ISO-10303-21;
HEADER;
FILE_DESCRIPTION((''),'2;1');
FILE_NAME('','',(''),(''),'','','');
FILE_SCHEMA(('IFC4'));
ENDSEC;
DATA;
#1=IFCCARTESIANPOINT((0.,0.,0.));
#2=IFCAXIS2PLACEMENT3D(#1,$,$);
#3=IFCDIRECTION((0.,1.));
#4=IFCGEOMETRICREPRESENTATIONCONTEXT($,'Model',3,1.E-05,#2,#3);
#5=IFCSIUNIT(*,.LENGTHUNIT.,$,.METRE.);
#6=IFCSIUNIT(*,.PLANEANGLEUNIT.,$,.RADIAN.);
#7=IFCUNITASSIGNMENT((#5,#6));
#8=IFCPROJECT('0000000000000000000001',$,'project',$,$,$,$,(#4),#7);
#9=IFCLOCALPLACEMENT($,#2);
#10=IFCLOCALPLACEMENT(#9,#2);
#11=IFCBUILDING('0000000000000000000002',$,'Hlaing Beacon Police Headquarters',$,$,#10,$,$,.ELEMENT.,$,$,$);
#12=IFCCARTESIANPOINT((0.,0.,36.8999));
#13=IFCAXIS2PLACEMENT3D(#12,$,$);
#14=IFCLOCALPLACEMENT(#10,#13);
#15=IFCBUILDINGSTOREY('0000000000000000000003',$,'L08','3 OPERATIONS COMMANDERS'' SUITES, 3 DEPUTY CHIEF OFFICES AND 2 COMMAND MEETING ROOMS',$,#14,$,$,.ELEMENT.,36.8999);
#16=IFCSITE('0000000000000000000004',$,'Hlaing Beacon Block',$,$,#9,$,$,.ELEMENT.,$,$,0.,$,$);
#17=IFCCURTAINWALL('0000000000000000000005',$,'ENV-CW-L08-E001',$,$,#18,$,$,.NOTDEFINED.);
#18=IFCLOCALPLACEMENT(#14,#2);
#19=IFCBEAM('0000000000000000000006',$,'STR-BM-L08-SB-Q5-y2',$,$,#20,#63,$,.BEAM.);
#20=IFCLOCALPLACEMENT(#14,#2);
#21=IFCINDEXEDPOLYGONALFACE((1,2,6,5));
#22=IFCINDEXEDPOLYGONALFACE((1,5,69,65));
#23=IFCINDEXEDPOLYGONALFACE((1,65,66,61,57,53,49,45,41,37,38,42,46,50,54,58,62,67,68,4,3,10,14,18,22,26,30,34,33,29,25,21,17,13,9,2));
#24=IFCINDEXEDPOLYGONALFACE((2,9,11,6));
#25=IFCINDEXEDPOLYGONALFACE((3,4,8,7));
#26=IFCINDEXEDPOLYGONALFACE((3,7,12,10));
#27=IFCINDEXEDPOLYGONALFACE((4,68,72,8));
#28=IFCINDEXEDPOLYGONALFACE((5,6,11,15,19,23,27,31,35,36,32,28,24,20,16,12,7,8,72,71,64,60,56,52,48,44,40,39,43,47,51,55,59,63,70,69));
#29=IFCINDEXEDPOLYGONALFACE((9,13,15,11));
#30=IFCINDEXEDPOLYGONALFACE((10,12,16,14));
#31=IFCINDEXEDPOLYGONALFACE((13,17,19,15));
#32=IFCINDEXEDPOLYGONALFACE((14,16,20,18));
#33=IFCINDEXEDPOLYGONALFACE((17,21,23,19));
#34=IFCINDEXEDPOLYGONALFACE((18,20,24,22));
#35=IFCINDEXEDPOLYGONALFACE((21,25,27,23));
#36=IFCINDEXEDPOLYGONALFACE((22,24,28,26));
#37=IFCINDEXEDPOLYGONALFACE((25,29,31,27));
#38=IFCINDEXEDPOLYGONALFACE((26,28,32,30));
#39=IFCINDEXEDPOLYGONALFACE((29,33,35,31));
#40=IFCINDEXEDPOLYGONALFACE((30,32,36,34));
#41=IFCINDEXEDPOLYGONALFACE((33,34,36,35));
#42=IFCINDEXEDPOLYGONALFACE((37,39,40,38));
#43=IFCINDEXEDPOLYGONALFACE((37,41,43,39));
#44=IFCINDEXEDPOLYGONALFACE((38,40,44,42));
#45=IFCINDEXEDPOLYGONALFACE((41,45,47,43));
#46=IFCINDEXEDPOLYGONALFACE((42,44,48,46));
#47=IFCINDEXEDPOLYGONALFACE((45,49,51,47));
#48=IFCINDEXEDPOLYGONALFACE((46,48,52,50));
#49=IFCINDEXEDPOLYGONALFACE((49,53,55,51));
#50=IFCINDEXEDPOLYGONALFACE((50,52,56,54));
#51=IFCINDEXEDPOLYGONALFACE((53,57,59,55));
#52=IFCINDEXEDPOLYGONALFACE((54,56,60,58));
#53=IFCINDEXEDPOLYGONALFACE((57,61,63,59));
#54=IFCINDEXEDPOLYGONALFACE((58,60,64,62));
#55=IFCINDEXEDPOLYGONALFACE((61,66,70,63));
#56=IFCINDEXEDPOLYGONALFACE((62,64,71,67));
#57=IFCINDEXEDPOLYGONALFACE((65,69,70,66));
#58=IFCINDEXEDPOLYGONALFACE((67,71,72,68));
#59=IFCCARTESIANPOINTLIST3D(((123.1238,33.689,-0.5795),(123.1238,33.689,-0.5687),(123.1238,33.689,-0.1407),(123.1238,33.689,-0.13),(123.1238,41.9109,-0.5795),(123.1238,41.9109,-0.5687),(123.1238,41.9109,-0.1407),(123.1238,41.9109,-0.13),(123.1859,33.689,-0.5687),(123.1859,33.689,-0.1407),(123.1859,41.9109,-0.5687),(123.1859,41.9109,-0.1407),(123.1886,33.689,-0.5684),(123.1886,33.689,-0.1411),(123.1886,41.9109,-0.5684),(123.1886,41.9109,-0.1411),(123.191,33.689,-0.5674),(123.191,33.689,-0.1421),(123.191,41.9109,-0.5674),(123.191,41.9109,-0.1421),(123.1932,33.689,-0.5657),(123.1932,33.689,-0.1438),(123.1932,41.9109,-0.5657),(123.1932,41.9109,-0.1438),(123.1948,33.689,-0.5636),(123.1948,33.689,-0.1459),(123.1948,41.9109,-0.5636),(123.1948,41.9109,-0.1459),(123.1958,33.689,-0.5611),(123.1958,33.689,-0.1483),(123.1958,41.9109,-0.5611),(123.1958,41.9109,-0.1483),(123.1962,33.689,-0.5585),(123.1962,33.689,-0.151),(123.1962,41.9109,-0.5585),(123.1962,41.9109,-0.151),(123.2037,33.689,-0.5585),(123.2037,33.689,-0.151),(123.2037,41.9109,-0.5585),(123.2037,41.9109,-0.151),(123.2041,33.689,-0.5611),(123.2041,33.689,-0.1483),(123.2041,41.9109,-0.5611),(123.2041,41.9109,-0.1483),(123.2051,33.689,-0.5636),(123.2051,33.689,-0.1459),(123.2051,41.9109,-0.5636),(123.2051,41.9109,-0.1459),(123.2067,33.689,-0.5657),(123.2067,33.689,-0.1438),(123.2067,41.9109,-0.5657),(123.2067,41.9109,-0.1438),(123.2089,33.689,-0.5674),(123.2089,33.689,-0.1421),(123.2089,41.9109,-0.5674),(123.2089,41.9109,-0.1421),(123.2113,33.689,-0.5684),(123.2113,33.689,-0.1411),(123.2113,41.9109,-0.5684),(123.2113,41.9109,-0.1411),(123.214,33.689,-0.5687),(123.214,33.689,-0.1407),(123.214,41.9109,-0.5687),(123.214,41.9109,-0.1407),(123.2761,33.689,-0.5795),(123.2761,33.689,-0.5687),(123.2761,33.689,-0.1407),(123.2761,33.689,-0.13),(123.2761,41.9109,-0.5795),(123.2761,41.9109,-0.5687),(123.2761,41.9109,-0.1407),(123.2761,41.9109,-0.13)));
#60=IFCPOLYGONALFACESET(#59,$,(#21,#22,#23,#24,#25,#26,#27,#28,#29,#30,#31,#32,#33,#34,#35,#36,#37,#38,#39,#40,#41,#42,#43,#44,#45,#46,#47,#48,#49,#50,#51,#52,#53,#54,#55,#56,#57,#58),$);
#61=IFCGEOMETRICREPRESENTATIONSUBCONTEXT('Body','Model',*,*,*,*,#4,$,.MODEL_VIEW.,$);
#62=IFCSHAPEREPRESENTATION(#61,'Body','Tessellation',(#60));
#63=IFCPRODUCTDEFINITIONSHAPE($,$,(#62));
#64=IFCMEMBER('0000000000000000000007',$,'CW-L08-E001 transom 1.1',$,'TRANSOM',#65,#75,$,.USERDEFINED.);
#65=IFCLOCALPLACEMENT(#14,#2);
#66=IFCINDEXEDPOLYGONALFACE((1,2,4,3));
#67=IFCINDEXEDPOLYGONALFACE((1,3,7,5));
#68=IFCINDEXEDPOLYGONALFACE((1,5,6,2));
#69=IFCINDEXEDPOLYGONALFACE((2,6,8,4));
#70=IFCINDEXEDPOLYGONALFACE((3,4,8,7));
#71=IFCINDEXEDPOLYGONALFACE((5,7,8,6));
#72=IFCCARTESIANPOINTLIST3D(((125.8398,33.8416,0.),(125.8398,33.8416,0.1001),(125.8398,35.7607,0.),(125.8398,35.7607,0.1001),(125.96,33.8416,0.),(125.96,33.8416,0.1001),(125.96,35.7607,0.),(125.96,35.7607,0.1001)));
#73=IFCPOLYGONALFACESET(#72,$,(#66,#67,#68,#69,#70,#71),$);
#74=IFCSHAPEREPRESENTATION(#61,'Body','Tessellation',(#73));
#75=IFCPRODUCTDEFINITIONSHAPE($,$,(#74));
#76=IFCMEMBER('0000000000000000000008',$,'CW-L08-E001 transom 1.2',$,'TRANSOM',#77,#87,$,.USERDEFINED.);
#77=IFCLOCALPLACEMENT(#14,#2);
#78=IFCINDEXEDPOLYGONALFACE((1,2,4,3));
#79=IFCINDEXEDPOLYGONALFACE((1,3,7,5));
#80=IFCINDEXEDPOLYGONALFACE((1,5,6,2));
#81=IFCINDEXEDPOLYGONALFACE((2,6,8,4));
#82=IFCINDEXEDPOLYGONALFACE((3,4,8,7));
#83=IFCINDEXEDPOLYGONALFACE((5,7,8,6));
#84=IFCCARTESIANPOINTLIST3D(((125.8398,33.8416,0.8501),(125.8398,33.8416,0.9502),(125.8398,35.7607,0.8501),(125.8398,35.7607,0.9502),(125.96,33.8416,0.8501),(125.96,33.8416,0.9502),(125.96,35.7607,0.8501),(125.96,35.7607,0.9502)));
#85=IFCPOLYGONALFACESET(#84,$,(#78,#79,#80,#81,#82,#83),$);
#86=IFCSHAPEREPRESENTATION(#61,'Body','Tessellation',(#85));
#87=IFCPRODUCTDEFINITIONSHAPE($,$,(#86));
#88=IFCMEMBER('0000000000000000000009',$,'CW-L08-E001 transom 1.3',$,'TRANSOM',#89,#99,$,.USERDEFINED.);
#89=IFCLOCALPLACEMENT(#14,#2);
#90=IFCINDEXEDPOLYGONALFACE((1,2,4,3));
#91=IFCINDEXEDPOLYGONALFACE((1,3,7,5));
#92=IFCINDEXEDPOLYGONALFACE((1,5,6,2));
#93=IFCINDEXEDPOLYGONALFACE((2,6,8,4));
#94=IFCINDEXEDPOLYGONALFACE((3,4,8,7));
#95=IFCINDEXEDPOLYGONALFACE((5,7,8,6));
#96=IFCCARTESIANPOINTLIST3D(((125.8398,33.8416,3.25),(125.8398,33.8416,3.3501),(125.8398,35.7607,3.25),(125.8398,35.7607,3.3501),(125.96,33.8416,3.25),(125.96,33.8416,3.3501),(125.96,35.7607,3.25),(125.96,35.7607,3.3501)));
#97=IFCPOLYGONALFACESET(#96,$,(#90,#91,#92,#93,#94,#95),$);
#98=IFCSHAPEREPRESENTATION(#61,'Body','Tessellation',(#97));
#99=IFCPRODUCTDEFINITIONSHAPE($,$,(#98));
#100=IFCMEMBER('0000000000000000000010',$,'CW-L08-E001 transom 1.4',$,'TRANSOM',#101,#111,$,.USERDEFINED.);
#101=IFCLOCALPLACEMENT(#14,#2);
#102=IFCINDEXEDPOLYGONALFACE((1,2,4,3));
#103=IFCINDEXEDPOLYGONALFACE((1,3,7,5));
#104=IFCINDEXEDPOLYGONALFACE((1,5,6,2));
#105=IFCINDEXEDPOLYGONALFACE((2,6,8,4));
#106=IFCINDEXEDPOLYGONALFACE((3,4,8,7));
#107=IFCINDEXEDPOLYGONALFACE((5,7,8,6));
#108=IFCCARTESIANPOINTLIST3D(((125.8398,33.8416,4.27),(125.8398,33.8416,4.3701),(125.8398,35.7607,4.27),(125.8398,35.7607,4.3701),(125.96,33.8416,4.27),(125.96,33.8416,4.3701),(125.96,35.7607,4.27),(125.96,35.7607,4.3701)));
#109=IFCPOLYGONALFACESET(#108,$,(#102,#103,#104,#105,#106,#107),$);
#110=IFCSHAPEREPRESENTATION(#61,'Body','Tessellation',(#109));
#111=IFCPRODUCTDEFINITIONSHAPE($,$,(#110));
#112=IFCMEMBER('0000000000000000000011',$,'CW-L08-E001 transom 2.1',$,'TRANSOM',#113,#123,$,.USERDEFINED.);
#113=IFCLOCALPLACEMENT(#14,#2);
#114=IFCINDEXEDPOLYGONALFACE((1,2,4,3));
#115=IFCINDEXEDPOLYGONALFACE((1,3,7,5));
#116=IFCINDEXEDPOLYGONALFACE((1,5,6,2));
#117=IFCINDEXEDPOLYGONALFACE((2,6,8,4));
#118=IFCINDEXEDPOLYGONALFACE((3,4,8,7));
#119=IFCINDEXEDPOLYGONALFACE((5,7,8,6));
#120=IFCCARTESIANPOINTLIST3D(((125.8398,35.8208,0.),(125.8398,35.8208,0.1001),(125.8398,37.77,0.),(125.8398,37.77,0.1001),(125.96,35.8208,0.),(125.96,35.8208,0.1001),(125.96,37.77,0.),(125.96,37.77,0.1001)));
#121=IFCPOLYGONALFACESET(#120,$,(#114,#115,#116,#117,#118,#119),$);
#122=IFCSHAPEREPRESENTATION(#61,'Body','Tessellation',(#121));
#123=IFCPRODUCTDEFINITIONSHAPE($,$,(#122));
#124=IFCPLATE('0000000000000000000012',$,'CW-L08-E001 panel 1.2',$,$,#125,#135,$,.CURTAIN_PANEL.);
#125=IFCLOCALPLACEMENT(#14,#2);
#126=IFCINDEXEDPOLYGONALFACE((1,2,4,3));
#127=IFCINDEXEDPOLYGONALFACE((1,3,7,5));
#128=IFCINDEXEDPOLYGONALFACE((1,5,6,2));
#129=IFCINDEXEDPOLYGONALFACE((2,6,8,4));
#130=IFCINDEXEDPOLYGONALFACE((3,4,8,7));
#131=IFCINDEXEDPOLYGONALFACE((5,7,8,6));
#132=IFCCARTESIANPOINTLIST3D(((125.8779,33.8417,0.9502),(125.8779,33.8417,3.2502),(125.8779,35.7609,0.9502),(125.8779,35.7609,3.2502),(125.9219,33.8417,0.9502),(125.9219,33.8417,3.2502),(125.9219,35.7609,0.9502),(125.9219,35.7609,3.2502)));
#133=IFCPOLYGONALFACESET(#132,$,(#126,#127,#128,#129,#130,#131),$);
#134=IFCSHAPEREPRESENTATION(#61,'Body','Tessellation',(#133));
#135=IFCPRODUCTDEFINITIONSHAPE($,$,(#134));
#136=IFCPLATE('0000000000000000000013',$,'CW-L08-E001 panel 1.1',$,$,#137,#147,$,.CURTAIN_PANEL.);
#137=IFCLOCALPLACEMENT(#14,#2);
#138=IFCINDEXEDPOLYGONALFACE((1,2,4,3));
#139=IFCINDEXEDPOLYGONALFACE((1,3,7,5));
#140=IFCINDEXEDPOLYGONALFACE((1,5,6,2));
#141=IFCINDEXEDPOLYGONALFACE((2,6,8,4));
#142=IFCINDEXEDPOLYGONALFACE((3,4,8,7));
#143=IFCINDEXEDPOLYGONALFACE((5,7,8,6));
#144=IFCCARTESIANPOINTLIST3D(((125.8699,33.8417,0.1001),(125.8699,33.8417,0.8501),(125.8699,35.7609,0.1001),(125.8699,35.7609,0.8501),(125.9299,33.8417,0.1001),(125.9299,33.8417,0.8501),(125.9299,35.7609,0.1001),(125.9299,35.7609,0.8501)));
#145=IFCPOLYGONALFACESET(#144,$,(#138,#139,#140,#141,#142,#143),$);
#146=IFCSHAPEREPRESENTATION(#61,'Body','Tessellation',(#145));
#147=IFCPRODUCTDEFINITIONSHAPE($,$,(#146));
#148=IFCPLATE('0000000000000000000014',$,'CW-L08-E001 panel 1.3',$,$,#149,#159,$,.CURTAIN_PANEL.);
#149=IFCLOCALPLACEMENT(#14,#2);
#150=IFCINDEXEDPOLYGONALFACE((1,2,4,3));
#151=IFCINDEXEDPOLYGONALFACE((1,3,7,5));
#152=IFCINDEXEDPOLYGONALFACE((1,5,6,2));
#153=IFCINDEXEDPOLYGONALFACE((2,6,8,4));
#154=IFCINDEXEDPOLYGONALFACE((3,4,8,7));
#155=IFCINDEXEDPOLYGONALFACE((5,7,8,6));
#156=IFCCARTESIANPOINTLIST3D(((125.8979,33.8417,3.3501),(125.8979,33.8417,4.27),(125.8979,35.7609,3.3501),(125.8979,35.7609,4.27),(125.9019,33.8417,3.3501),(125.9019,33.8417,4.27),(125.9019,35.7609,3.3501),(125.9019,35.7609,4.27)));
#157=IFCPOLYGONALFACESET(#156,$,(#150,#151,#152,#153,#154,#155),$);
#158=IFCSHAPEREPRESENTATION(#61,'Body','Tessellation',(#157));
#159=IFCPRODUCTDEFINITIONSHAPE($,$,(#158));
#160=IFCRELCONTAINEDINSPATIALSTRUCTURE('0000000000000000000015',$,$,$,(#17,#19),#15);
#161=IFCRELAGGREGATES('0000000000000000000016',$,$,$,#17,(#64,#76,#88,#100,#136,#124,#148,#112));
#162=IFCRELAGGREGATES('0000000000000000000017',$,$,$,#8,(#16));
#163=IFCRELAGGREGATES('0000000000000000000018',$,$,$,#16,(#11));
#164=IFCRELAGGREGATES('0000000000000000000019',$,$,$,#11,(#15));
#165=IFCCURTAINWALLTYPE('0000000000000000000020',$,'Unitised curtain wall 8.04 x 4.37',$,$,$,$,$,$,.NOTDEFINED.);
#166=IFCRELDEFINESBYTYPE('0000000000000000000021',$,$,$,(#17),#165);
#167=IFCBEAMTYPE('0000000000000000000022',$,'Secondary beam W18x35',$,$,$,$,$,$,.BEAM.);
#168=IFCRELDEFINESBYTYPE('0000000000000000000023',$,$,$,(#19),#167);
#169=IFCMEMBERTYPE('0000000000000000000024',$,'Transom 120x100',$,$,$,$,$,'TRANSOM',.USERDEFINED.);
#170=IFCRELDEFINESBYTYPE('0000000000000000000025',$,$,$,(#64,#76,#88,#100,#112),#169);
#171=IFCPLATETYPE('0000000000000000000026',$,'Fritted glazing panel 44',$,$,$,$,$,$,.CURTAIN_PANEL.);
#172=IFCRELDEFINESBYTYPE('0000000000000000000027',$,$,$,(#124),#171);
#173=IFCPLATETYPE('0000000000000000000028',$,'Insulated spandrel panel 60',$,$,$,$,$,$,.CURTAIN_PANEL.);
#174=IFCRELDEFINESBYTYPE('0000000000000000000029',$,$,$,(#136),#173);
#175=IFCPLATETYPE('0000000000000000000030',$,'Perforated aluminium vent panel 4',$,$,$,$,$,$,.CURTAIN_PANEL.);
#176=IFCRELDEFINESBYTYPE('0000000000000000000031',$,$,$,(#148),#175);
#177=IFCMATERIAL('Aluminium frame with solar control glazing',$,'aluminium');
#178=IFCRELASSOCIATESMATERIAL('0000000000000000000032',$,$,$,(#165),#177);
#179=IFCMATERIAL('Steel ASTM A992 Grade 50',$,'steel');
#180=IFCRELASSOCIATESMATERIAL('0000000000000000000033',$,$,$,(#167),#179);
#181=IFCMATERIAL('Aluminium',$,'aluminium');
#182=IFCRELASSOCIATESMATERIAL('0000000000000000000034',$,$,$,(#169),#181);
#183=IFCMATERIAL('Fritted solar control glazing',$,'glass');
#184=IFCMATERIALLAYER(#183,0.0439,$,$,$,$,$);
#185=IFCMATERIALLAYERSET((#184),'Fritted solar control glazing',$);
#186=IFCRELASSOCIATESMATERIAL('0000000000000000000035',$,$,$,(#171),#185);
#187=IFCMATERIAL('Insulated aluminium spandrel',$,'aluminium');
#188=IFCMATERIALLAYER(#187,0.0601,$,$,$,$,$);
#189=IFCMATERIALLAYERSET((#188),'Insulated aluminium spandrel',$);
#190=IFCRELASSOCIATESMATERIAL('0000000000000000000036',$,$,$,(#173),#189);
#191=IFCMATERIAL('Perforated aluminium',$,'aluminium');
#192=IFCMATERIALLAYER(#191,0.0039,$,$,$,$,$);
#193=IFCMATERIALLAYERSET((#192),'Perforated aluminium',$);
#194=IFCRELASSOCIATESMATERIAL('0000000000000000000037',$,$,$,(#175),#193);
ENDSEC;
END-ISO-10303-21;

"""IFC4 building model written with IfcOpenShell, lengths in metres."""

from ifc_helpers import new_model, si_unit, direction, frame, origin, origin_2d, place, context, subcontext, project, spatial, rectangle, i_section, extrude, material, layer, layer_set, material_profile, profile_set, type_object, element, aggregate, save


model = new_model("IFC4")

# Units and contexts
model_context = context("Model", 3, precision=1e-05, world=origin(), true_north=direction((0.0, 1.0)))
body_context = subcontext(model_context, "Body", "Model", "MODEL_VIEW")
ifc_project = project(units=[si_unit("LENGTHUNIT", "METRE"), si_unit("PLANEANGLEUNIT", "RADIAN")], contexts=[model_context])

# Site, building, storey
site_placement = place(None, origin())
site = spatial("IfcSite", under=ifc_project, at=site_placement, Name="Hlaing Beacon Block", CompositionType="ELEMENT", RefElevation=0.0)
building_placement = place(site_placement, origin())
building = spatial("IfcBuilding", under=site, at=building_placement, Name="Hlaing Beacon Police Headquarters", CompositionType="ELEMENT")
storey_placement = place(building_placement, frame((0.0, 0.0, 36.8999)))
storey = spatial("IfcBuildingStorey", under=building, at=storey_placement, Name="L08", Description="3 OPERATIONS COMMANDERS' SUITES, 3 DEPUTY CHIEF OFFICES AND 2 COMMAND MEETING ROOMS", CompositionType="ELEMENT", Elevation=36.8999)

# Curtain wall
ifc_material_1 = material(Name="Aluminium frame with solar control glazing", Category="aluminium")
curtain_wall_type = type_object("IfcCurtainWallType", Name="Unitised curtain wall 8.04 x 4.37", PredefinedType="NOTDEFINED", material=ifc_material_1)
curtain_wall_placement = place(storey_placement, origin())
curtain_wall = element("IfcCurtainWall", 1, at=curtain_wall_placement, inside=storey, type_object=curtain_wall_type, Name="ENV-CW-L08-E001", PredefinedType="NOTDEFINED")

# Beam
ifc_material_2 = material(Name="Steel ASTM A992 Grade 50", Category="steel")
ifc_material_profile_1 = material_profile(ifc_material_2, i_section(OverallWidth=0.1523, OverallDepth=0.4495, WebThickness=0.0076, FlangeThickness=0.0107, FilletRadius=0.0103, at=origin_2d()), Name="W18x35")
ifc_profile_set_1 = profile_set([ifc_material_profile_1], Name="Steel ASTM A992 Grade 50")
beam_type_1 = type_object("IfcBeamType", Name="Secondary beam W18x35", PredefinedType="BEAM", material=ifc_profile_set_1)
for number, where, z_axis, x_axis, name in (
    (2, (123.2, 33.689, -0.3547), (0.0, 1.0, 0.0), (-1.0, 0.0, 0.0), "STR-BM-L08-SB-Q5-y2"),
):
    element("IfcBeam", number, at=place(storey_placement, frame(where, z_axis=z_axis, x_axis=x_axis)), inside=storey, type_object=beam_type_1, Name=name, PredefinedType="BEAM", context=body_context, shape_type="SweptSolid", body=[
        extrude(i_section(OverallWidth=0.1523, OverallDepth=0.4495, WebThickness=0.0076, FlangeThickness=0.0107, FilletRadius=0.0103, at=origin_2d()), origin(), (0.0, 0.0, 1.0), 8.2219),
    ])

# Members
ifc_material_3 = material(Name="Aluminium", Category="aluminium")
ifc_material_profile_2 = material_profile(ifc_material_3, rectangle(XDim=0.1201, YDim=0.1001, at=origin_2d()), Name="Transom 120x100")
ifc_profile_set_2 = profile_set([ifc_material_profile_2], Name="Aluminium")
member_type_1 = type_object("IfcMemberType", Name="Transom 120x100", ElementType="TRANSOM", PredefinedType="USERDEFINED", material=ifc_profile_set_2)
member_1_placement = place(storey_placement, frame((125.8999, 33.8416, 0.05), z_axis=(0.0, 1.0, 0.0), x_axis=(-1.0, 0.0, 0.0)))
member_1 = element("IfcMember", 3, at=member_1_placement, type_object=member_type_1, Name="CW-L08-E001 transom 1.1", ObjectType="TRANSOM", PredefinedType="USERDEFINED", context=body_context, shape_type="SweptSolid", body=[
    extrude(rectangle(XDim=0.1201, YDim=0.1001, at=origin_2d()), origin(), (0.0, 0.0, 1.0), 1.9192),
])
member_2_placement = place(storey_placement, frame((125.8999, 33.8416, 0.9001), z_axis=(0.0, 1.0, 0.0), x_axis=(-1.0, 0.0, 0.0)))
member_2 = element("IfcMember", 4, at=member_2_placement, type_object=member_type_1, Name="CW-L08-E001 transom 1.2", ObjectType="TRANSOM", PredefinedType="USERDEFINED", context=body_context, shape_type="SweptSolid", body=[
    extrude(rectangle(XDim=0.1201, YDim=0.1001, at=origin_2d()), origin(), (0.0, 0.0, 1.0), 1.9192),
])
member_3_placement = place(storey_placement, frame((125.8999, 33.8416, 3.3), z_axis=(0.0, 1.0, 0.0), x_axis=(-1.0, 0.0, 0.0)))
member_3 = element("IfcMember", 5, at=member_3_placement, type_object=member_type_1, Name="CW-L08-E001 transom 1.3", ObjectType="TRANSOM", PredefinedType="USERDEFINED", context=body_context, shape_type="SweptSolid", body=[
    extrude(rectangle(XDim=0.1201, YDim=0.1001, at=origin_2d()), origin(), (0.0, 0.0, 1.0), 1.9192),
])
member_4_placement = place(storey_placement, frame((125.8999, 33.8416, 4.3201), z_axis=(0.0, 1.0, 0.0), x_axis=(-1.0, 0.0, 0.0)))
member_4 = element("IfcMember", 6, at=member_4_placement, type_object=member_type_1, Name="CW-L08-E001 transom 1.4", ObjectType="TRANSOM", PredefinedType="USERDEFINED", context=body_context, shape_type="SweptSolid", body=[
    extrude(rectangle(XDim=0.1201, YDim=0.1001, at=origin_2d()), origin(), (0.0, 0.0, 1.0), 1.9192),
])
member_5_placement = place(storey_placement, frame((125.8999, 35.8208, 0.05), z_axis=(0.0, 1.0, 0.0), x_axis=(-1.0, 0.0, 0.0)))
member_5 = element("IfcMember", 7, at=member_5_placement, type_object=member_type_1, Name="CW-L08-E001 transom 2.1", ObjectType="TRANSOM", PredefinedType="USERDEFINED", context=body_context, shape_type="SweptSolid", body=[
    extrude(rectangle(XDim=0.1201, YDim=0.1001, at=origin_2d()), origin(), (0.0, 0.0, 1.0), 1.9492),
])

# Plates
ifc_material_4 = material(Name="Fritted solar control glazing", Category="glass")
ifc_layer_1 = layer(ifc_material_4, 0.0439)
ifc_layer_set_1 = layer_set([ifc_layer_1], Name="Fritted solar control glazing")
plate_type_1 = type_object("IfcPlateType", Name="Fritted glazing panel 44", PredefinedType="CURTAIN_PANEL", material=ifc_layer_set_1)
plate_1_placement = place(storey_placement, frame((125.8999, 34.8013, 0.9502), z_axis=(0.0, 0.0, 1.0), x_axis=(0.0, 1.0, 0.0)))
plate_1 = element("IfcPlate", 8, at=plate_1_placement, type_object=plate_type_1, Name="CW-L08-E001 panel 1.2", PredefinedType="CURTAIN_PANEL", context=body_context, shape_type="SweptSolid", body=[
    extrude(rectangle(XDim=1.9192, YDim=0.0439, at=origin_2d()), origin(), (0.0, 0.0, 1.0), 2.3),
])
ifc_material_5 = material(Name="Insulated aluminium spandrel", Category="aluminium")
ifc_layer_2 = layer(ifc_material_5, 0.0601)
ifc_layer_set_2 = layer_set([ifc_layer_2], Name="Insulated aluminium spandrel")
plate_type_2 = type_object("IfcPlateType", Name="Insulated spandrel panel 60", PredefinedType="CURTAIN_PANEL", material=ifc_layer_set_2)
plate_2_placement = place(storey_placement, frame((125.8999, 34.8013, 0.1001), z_axis=(0.0, 0.0, 1.0), x_axis=(0.0, 1.0, 0.0)))
plate_2 = element("IfcPlate", 9, at=plate_2_placement, type_object=plate_type_2, Name="CW-L08-E001 panel 1.1", PredefinedType="CURTAIN_PANEL", context=body_context, shape_type="SweptSolid", body=[
    extrude(rectangle(XDim=1.9192, YDim=0.0601, at=origin_2d()), origin(), (0.0, 0.0, 1.0), 0.75),
])
ifc_material_6 = material(Name="Perforated aluminium", Category="aluminium")
ifc_layer_3 = layer(ifc_material_6, 0.0039)
ifc_layer_set_3 = layer_set([ifc_layer_3], Name="Perforated aluminium")
plate_type_3 = type_object("IfcPlateType", Name="Perforated aluminium vent panel 4", PredefinedType="CURTAIN_PANEL", material=ifc_layer_set_3)
plate_3_placement = place(storey_placement, frame((125.8999, 34.8013, 3.3501), z_axis=(0.0, 0.0, 1.0), x_axis=(0.0, 1.0, 0.0)))
plate_3 = element("IfcPlate", 10, at=plate_3_placement, type_object=plate_type_3, Name="CW-L08-E001 panel 1.3", PredefinedType="CURTAIN_PANEL", context=body_context, shape_type="SweptSolid", body=[
    extrude(rectangle(XDim=1.9192, YDim=0.0039, at=origin_2d()), origin(), (0.0, 0.0, 1.0), 0.9199),
])
aggregate(curtain_wall, [member_1, member_2, member_3, member_4, plate_2, plate_1, plate_3, member_5])

save(model, "model.ifc")
